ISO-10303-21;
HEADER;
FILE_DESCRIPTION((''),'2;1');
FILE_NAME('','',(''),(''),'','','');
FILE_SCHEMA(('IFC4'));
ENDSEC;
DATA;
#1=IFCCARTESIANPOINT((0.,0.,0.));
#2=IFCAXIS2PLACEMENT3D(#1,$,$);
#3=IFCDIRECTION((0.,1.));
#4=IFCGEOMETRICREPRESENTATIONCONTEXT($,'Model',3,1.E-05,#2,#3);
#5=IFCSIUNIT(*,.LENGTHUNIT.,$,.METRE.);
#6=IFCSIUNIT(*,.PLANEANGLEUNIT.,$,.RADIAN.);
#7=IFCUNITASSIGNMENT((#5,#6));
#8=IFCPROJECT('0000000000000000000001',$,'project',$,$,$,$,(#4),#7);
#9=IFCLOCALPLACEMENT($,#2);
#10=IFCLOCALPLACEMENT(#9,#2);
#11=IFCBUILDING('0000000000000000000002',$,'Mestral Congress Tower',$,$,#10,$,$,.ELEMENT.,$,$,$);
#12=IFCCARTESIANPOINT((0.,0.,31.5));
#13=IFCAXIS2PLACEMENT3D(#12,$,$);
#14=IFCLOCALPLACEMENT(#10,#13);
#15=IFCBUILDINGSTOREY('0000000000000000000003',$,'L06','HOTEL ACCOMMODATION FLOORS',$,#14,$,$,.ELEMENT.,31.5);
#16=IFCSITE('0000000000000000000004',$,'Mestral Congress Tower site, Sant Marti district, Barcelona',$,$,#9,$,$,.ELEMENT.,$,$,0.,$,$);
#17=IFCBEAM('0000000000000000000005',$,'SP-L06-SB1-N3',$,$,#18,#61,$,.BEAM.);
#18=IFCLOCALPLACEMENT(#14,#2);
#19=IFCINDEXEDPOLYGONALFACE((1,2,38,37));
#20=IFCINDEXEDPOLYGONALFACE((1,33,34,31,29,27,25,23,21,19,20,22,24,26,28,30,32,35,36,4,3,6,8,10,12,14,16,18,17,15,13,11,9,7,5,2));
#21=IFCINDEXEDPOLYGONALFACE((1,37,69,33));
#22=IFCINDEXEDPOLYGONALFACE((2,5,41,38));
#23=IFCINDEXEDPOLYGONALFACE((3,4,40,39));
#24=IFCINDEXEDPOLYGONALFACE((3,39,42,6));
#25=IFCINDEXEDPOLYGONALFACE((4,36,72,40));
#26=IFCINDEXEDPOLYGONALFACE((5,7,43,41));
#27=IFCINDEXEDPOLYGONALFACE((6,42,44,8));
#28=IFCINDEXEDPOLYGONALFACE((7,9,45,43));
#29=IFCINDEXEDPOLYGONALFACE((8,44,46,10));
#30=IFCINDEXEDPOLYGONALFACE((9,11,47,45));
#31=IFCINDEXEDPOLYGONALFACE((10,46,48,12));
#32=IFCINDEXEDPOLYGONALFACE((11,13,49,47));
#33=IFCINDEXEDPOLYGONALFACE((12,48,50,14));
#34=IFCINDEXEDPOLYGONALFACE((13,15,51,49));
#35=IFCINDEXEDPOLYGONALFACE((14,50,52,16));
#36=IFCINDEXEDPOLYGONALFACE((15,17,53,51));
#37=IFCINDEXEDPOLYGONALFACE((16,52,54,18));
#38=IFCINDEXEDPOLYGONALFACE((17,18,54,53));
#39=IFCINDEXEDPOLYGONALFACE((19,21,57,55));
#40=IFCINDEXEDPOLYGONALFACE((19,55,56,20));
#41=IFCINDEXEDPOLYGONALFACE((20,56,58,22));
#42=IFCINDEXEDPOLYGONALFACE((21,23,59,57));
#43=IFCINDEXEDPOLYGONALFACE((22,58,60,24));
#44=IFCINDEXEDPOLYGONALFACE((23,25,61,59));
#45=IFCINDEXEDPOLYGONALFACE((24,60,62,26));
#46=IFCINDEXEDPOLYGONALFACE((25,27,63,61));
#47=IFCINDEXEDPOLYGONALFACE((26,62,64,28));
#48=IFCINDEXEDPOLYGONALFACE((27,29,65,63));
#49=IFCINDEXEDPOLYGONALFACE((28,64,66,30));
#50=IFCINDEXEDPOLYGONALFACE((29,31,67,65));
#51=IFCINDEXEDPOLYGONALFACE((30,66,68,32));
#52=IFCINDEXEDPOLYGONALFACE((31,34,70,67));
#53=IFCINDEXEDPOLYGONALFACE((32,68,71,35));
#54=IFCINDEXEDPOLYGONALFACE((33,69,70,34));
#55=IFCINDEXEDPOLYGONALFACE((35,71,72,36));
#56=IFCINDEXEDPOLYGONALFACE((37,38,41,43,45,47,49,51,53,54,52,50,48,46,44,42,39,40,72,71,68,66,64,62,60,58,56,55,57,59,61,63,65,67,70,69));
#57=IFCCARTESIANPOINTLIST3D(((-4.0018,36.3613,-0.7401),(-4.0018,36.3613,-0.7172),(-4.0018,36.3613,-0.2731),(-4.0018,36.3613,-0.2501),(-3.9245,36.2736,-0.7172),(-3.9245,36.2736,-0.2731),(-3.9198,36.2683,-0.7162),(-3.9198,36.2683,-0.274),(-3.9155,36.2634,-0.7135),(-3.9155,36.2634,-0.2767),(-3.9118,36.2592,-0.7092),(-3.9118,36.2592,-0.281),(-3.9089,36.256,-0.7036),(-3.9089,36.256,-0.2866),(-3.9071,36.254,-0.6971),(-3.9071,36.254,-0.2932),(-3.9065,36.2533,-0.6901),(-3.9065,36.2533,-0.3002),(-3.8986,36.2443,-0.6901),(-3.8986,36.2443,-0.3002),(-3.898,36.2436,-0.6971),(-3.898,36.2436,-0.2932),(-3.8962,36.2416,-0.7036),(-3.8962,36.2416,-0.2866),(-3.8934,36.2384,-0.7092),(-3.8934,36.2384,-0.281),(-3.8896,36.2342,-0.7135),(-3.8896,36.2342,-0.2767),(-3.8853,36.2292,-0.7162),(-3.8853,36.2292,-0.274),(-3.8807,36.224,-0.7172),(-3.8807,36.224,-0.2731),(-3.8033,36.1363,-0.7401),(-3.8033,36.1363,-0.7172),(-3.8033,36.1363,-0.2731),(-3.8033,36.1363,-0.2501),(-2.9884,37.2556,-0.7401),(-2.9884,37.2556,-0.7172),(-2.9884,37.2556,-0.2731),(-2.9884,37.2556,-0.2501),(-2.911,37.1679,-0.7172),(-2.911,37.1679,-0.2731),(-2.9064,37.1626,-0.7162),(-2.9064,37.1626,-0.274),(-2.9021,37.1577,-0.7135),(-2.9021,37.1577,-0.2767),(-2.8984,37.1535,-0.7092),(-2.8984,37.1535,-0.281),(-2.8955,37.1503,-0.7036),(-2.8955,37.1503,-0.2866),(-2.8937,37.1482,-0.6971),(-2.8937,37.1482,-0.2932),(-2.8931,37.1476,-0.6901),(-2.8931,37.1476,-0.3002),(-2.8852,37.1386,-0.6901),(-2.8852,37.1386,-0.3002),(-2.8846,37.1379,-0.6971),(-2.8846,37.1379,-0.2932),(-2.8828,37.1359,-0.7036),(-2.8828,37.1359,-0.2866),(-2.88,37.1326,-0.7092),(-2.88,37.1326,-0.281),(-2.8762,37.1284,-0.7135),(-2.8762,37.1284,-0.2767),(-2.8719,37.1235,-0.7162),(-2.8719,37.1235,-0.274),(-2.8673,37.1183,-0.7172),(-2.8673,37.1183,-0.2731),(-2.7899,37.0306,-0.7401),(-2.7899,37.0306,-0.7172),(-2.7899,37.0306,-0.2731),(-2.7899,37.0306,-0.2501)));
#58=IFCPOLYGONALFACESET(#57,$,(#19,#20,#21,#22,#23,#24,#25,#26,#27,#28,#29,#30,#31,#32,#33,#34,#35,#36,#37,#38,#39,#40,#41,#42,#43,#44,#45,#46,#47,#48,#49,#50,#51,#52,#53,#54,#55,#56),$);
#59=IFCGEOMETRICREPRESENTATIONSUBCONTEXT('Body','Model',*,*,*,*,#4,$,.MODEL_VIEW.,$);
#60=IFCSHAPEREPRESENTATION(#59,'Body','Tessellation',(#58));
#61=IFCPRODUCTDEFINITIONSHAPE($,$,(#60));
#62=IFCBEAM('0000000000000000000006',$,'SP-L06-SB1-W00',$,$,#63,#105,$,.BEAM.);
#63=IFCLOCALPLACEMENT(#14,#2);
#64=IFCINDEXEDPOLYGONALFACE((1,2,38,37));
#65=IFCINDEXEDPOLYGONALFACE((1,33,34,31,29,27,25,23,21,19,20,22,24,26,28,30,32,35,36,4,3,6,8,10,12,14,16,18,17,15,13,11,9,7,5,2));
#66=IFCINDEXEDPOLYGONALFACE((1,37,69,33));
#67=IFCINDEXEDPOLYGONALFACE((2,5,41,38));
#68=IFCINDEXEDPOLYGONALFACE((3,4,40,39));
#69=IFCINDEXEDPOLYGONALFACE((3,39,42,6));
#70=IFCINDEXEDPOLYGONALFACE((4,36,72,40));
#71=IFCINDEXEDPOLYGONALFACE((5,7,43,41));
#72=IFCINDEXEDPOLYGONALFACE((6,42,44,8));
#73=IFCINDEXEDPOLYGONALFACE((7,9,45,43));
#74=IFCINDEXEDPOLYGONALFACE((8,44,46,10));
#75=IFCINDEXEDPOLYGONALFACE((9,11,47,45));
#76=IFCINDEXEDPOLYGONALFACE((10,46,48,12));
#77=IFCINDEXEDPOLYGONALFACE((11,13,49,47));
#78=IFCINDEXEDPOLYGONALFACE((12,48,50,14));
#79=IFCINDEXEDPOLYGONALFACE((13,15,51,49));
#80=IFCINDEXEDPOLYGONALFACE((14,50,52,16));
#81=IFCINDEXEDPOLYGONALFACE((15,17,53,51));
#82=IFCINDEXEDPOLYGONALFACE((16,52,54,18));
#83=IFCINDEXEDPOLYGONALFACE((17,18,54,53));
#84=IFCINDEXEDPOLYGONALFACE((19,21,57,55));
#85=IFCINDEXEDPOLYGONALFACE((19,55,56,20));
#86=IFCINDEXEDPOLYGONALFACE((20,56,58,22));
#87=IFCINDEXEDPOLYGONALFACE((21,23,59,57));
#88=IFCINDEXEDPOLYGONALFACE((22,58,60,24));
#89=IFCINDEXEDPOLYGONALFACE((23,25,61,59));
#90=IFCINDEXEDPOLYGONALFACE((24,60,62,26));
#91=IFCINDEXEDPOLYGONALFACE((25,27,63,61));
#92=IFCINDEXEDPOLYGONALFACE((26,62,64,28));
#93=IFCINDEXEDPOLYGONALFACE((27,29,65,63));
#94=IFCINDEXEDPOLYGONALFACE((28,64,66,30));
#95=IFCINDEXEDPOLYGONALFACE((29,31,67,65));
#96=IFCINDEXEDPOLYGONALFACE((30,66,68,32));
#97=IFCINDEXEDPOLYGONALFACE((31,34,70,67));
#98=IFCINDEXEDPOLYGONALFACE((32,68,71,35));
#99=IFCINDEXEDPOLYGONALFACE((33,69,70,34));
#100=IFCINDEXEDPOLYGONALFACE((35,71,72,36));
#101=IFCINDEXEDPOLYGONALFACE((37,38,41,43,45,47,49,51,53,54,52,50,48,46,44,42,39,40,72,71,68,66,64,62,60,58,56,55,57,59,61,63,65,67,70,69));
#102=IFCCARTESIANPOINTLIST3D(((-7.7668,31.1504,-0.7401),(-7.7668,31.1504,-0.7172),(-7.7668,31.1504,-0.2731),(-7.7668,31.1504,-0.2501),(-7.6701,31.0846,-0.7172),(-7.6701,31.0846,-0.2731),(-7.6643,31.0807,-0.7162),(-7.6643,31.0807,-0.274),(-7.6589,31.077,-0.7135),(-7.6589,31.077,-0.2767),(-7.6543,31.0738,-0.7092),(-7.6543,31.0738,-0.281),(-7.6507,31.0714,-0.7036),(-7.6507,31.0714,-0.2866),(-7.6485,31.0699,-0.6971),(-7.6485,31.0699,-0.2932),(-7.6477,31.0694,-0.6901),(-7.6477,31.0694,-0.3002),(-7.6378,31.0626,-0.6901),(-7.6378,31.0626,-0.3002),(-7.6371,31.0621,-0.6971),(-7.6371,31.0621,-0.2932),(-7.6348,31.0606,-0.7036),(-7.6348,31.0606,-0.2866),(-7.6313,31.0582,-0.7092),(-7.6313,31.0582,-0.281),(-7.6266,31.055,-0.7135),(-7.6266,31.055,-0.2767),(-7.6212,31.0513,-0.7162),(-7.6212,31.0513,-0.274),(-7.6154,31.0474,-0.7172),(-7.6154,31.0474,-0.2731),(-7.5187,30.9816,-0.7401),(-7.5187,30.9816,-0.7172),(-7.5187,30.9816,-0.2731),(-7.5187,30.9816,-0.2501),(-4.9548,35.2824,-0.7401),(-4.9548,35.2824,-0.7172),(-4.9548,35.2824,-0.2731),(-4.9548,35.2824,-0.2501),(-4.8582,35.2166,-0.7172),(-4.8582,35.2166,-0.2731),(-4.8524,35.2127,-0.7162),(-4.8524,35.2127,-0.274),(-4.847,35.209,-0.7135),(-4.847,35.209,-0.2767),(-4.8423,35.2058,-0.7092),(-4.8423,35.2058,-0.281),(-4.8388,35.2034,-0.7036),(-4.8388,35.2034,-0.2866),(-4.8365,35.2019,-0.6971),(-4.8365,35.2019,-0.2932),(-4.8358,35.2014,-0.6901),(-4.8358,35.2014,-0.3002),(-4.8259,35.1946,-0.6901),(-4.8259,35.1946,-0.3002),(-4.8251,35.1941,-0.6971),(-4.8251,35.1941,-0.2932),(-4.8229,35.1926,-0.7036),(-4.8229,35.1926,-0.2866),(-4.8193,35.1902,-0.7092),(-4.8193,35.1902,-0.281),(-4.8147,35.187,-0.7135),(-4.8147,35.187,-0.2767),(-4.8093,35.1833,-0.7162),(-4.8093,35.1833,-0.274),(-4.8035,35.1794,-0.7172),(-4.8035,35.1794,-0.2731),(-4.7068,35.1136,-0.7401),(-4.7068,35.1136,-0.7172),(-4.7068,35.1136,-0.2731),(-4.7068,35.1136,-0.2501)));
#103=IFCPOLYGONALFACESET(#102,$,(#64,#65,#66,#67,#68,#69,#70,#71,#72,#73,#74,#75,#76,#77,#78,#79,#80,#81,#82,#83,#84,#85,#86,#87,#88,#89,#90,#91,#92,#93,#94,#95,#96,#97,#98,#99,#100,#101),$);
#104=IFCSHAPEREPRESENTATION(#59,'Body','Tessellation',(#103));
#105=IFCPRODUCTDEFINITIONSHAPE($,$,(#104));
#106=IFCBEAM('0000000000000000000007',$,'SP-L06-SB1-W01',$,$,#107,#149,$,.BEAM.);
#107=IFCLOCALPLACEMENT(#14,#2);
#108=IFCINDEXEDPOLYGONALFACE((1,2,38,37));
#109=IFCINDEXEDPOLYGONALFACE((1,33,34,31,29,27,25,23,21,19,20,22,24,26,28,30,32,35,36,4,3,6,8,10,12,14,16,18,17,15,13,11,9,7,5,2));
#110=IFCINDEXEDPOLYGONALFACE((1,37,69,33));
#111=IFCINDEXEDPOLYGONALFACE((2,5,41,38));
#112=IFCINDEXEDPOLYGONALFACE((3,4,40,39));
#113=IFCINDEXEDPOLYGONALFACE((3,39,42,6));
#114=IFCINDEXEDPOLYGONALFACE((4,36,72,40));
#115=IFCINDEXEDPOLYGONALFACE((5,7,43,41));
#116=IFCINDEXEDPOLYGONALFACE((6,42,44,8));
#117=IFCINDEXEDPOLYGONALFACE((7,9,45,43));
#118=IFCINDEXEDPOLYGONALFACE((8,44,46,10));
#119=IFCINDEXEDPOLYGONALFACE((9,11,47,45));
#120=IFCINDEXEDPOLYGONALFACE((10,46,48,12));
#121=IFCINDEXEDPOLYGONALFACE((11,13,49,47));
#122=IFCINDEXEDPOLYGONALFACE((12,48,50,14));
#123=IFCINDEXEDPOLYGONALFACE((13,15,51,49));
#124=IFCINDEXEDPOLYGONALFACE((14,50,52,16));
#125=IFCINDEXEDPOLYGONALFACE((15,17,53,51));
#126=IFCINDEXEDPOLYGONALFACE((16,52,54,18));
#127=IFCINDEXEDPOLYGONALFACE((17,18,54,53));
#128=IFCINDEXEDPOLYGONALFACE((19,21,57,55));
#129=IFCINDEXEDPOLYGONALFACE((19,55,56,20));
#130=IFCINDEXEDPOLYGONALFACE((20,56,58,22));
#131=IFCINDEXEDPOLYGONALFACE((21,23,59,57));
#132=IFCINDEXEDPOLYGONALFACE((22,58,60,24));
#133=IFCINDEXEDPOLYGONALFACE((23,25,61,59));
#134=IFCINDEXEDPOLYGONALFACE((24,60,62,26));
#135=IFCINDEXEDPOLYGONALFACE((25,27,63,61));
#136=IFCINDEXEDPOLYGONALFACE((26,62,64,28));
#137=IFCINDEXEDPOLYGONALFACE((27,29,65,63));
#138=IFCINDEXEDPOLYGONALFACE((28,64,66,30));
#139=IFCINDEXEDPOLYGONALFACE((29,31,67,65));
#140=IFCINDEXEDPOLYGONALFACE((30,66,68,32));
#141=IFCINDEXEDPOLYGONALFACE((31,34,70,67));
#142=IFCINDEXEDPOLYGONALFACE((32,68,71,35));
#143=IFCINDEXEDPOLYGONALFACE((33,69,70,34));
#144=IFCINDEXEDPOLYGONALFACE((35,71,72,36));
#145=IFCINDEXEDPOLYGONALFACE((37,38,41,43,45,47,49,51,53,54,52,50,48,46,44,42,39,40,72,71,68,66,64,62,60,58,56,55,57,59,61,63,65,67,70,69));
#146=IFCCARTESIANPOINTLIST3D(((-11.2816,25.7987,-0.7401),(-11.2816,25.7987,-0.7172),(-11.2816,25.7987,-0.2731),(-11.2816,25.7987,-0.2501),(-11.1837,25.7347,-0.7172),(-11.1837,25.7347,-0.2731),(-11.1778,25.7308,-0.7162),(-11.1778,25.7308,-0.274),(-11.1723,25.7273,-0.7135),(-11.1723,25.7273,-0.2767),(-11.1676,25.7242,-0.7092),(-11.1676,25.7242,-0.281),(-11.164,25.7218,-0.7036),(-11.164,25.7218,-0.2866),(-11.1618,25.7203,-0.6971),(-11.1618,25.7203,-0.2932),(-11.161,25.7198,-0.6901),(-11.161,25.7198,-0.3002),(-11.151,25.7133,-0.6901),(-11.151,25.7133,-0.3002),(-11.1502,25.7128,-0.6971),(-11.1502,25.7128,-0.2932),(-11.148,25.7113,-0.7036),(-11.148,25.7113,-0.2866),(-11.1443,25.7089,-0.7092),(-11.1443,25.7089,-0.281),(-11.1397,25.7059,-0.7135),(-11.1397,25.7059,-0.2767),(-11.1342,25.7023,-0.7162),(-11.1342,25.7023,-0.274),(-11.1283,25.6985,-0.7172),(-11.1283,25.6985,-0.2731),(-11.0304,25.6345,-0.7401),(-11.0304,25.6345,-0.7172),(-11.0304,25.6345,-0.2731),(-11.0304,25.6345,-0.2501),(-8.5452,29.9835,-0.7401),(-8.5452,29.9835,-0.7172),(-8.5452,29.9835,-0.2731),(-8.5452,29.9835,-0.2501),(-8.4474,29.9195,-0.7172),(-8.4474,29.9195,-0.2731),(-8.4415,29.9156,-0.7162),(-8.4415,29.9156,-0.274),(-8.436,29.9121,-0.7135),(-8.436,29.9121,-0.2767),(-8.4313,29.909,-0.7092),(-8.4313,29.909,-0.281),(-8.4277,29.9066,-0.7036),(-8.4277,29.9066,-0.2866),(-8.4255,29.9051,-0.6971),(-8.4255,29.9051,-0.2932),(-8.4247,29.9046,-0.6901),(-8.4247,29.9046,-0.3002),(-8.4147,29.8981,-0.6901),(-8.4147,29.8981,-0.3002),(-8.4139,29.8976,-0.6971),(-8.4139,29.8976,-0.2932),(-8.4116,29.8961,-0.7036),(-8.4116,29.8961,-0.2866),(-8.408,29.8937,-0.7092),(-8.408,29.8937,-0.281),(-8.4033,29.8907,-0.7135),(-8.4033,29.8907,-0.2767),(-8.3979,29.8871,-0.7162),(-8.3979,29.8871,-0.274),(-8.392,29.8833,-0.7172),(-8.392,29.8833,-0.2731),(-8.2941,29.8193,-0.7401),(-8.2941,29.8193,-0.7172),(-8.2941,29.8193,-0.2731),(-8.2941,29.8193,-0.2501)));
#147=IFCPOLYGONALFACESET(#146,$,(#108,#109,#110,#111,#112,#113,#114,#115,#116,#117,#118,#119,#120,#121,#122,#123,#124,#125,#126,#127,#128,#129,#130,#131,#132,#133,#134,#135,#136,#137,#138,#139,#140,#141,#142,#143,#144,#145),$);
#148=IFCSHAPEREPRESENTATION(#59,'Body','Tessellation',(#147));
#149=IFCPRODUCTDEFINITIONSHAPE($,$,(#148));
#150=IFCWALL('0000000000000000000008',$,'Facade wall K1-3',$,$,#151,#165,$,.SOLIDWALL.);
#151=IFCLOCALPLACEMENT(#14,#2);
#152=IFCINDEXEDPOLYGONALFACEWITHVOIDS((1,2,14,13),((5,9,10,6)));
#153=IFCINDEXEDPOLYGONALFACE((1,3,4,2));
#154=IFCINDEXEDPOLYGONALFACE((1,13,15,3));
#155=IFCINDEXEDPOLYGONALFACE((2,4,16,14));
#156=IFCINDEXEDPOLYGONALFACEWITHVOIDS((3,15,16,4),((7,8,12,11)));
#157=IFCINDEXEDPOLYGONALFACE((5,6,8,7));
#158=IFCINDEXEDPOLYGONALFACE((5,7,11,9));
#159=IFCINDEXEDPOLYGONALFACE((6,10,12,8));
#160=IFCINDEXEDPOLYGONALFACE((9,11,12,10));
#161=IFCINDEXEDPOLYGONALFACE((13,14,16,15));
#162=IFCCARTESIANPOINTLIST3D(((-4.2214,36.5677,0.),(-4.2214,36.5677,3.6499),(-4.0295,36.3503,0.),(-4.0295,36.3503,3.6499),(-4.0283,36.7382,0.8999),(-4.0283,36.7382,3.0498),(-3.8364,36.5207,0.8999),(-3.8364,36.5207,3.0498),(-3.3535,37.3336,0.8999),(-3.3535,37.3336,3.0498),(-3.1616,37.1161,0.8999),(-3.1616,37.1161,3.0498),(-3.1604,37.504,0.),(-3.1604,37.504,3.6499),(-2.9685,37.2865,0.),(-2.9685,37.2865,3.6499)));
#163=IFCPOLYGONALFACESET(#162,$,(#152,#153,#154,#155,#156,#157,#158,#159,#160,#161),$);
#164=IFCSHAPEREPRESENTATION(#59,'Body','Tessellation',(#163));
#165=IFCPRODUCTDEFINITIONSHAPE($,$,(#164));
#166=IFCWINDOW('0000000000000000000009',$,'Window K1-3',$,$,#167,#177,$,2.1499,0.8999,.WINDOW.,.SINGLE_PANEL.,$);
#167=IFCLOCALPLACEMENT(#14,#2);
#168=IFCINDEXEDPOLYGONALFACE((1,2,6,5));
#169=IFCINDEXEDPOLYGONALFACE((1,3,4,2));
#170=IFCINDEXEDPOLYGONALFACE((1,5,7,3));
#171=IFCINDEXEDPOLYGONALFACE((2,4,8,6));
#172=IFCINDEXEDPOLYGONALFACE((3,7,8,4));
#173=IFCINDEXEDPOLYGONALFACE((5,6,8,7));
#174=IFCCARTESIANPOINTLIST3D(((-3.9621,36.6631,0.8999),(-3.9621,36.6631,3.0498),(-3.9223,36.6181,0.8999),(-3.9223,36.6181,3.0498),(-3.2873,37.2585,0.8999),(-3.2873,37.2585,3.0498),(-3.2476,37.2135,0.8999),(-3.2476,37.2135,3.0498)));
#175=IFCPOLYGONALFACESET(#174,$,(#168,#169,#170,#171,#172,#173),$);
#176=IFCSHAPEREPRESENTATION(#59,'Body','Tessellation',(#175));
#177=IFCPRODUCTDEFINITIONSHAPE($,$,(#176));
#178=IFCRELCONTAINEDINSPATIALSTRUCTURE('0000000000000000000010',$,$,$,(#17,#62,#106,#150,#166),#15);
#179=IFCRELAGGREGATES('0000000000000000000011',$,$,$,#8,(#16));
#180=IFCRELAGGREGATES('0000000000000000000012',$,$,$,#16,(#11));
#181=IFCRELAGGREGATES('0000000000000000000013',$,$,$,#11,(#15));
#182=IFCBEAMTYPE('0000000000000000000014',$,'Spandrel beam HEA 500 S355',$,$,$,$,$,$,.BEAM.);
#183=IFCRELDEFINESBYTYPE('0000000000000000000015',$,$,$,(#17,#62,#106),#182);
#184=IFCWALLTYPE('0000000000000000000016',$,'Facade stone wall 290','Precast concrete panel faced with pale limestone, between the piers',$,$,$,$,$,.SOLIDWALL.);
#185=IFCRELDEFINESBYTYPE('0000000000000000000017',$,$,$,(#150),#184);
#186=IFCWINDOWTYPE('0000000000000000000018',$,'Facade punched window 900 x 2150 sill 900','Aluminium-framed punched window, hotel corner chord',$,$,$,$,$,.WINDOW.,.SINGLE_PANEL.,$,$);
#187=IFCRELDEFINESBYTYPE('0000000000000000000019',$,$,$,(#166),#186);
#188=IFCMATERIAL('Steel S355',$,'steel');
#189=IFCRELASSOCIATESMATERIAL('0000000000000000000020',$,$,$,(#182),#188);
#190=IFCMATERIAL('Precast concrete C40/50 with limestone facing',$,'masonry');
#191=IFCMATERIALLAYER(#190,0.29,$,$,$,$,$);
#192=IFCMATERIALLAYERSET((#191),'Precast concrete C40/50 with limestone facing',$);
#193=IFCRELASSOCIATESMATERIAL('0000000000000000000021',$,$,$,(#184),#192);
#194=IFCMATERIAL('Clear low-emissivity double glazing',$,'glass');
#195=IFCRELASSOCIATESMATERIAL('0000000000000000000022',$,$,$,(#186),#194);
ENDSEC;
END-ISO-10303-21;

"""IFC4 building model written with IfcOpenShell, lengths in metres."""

from ifc_helpers import new_model, si_unit, direction, frame, frame_2d, origin, origin_2d, place, context, subcontext, project, spatial, rectangle, i_section, extrude, material, layer, layer_set, material_profile, profile_set, type_object, element, fill, save


model = new_model("IFC4")

# Units and contexts
model_context = context("Model", 3, precision=1e-05, world=origin(), true_north=direction((0.0, 1.0)))
body_context = subcontext(model_context, "Body", "Model", "MODEL_VIEW")
ifc_project = project(units=[si_unit("LENGTHUNIT", "METRE"), si_unit("PLANEANGLEUNIT", "RADIAN")], contexts=[model_context])

# Site, building, storey
site_placement = place(None, origin())
site = spatial("IfcSite", under=ifc_project, at=site_placement, Name="Mestral Congress Tower site, Sant Marti district, Barcelona", CompositionType="ELEMENT", RefElevation=0.0)
building_placement = place(site_placement, origin())
building = spatial("IfcBuilding", under=site, at=building_placement, Name="Mestral Congress Tower", CompositionType="ELEMENT")
storey_placement = place(building_placement, frame((0.0, 0.0, 31.5)))
storey = spatial("IfcBuildingStorey", under=building, at=storey_placement, Name="L06", Description="HOTEL ACCOMMODATION FLOORS", CompositionType="ELEMENT", Elevation=31.5)

# Beams
ifc_material_1 = material(Name="Steel S355", Category="steel")
ifc_material_profile_1 = material_profile(ifc_material_1, i_section(OverallWidth=0.3, OverallDepth=0.49, WebThickness=0.012, FlangeThickness=0.0229, FilletRadius=0.0271, at=origin_2d()), Name="HEA 500")
ifc_profile_set_1 = profile_set([ifc_material_profile_1], Name="Steel S355")
beam_type_1 = type_object("IfcBeamType", Name="Spandrel beam HEA 500 S355", PredefinedType="BEAM", material=ifc_profile_set_1)
beam_1_placement = place(storey_placement, frame((-2.8892, 37.1431, -0.4951), z_axis=(-0.749806, -0.661657, 0.0), x_axis=(0.661657, -0.749806, 0.0)))
element("IfcBeam", 1, at=beam_1_placement, inside=storey, type_object=beam_type_1, Name="SP-L06-SB1-N3", PredefinedType="BEAM", context=body_context, shape_type="SweptSolid", body=[
    extrude(i_section(OverallWidth=0.3, OverallDepth=0.49, WebThickness=0.012, FlangeThickness=0.0229, FilletRadius=0.0271, at=origin_2d()), origin(), (0.0, 0.0, 1.0), 1.3516),
])
beam_2_placement = place(storey_placement, frame((-4.8308, 35.198, -0.4951), z_axis=(-0.562611, -0.826722, 0.0), x_axis=(0.826722, -0.562611, 0.0)))
element("IfcBeam", 2, at=beam_2_placement, inside=storey, type_object=beam_type_1, Name="SP-L06-SB1-W00", PredefinedType="BEAM", context=body_context, shape_type="SweptSolid", body=[
    extrude(i_section(OverallWidth=0.3, OverallDepth=0.49, WebThickness=0.012, FlangeThickness=0.0229, FilletRadius=0.0271, at=origin_2d()), origin(), (0.0, 0.0, 1.0), 4.998),
])
beam_3_placement = place(storey_placement, frame((-8.4197, 29.9014, -0.4951), z_axis=(-0.547264, -0.83696, 0.0), x_axis=(0.83696, -0.547264, 0.0)))
element("IfcBeam", 3, at=beam_3_placement, inside=storey, type_object=beam_type_1, Name="SP-L06-SB1-W01", PredefinedType="BEAM", context=body_context, shape_type="SweptSolid", body=[
    extrude(i_section(OverallWidth=0.3, OverallDepth=0.49, WebThickness=0.012, FlangeThickness=0.0229, FilletRadius=0.0271, at=origin_2d()), origin(), (0.0, 0.0, 1.0), 5.0),
])

# Wall, opening, window
ifc_material_2 = material(Name="Precast concrete C40/50 with limestone facing", Category="masonry")
ifc_layer_1 = layer(ifc_material_2, 0.29)
ifc_layer_set_1 = layer_set([ifc_layer_1], Name="Precast concrete C40/50 with limestone facing")
wall_type_1 = type_object("IfcWallType", Name="Facade stone wall 290", Description="Precast concrete panel faced with pale limestone, between the piers", PredefinedType="SOLIDWALL", material=ifc_layer_set_1)
wall_1_placement = place(storey_placement, frame((-3.0645, 37.3953, 0.0), z_axis=(0.0, 0.0, 1.0), x_axis=(-0.749813, -0.66165, 0.0)))
wall_1 = element("IfcWall", 4, at=wall_1_placement, inside=storey, type_object=wall_type_1, Name="Facade wall K1-3", PredefinedType="SOLIDWALL", context=body_context, shape_type="SweptSolid", body=[
    extrude(rectangle(XDim=1.415, YDim=0.29, at=frame_2d((0.7075, 0.0))), origin(), (0.0, 0.0, 1.0), 3.6499),
])
opening_1_placement = place(wall_1_placement, frame((0.2576, 0.0, 0.8999)))
opening_1 = element("IfcOpeningElement", 5, at=opening_1_placement, cuts=wall_1, PredefinedType="OPENING", context=body_context, shape_type="SweptSolid", body=[
    extrude(rectangle(XDim=0.8999, YDim=2.1499, at=frame_2d((0.45, 1.075))), frame((0.0, 0.155, 0.0), z_axis=(0.0, -1.0, 0.0), x_axis=(1.0, 0.0, 0.0)), (0.0, 0.0, 1.0), 0.3101),
])
ifc_material_3 = material(Name="Clear low-emissivity double glazing", Category="glass")
window_type_1 = type_object("IfcWindowType", Name="Facade punched window 900 x 2150 sill 900", Description="Aluminium-framed punched window, hotel corner chord", PartitioningType="SINGLE_PANEL", PredefinedType="WINDOW", material=ifc_material_3)
window_1_placement = place(opening_1_placement, origin())
window_1 = element("IfcWindow", 6, at=window_1_placement, inside=storey, type_object=window_type_1, Name="Window K1-3", OverallHeight=2.1499, OverallWidth=0.8999, PartitioningType="SINGLE_PANEL", PredefinedType="WINDOW", context=body_context, shape_type="SweptSolid", body=[
    extrude(rectangle(XDim=0.8999, YDim=2.1499, at=frame_2d((0.45, 1.075))), frame((0.0, 0.0151, 0.0), z_axis=(0.0, -1.0, 0.0), x_axis=(1.0, 0.0, 0.0)), (0.0, 0.0, 1.0), 0.0601),
])
fill(opening_1, window_1)

save(model, "model.ifc")
